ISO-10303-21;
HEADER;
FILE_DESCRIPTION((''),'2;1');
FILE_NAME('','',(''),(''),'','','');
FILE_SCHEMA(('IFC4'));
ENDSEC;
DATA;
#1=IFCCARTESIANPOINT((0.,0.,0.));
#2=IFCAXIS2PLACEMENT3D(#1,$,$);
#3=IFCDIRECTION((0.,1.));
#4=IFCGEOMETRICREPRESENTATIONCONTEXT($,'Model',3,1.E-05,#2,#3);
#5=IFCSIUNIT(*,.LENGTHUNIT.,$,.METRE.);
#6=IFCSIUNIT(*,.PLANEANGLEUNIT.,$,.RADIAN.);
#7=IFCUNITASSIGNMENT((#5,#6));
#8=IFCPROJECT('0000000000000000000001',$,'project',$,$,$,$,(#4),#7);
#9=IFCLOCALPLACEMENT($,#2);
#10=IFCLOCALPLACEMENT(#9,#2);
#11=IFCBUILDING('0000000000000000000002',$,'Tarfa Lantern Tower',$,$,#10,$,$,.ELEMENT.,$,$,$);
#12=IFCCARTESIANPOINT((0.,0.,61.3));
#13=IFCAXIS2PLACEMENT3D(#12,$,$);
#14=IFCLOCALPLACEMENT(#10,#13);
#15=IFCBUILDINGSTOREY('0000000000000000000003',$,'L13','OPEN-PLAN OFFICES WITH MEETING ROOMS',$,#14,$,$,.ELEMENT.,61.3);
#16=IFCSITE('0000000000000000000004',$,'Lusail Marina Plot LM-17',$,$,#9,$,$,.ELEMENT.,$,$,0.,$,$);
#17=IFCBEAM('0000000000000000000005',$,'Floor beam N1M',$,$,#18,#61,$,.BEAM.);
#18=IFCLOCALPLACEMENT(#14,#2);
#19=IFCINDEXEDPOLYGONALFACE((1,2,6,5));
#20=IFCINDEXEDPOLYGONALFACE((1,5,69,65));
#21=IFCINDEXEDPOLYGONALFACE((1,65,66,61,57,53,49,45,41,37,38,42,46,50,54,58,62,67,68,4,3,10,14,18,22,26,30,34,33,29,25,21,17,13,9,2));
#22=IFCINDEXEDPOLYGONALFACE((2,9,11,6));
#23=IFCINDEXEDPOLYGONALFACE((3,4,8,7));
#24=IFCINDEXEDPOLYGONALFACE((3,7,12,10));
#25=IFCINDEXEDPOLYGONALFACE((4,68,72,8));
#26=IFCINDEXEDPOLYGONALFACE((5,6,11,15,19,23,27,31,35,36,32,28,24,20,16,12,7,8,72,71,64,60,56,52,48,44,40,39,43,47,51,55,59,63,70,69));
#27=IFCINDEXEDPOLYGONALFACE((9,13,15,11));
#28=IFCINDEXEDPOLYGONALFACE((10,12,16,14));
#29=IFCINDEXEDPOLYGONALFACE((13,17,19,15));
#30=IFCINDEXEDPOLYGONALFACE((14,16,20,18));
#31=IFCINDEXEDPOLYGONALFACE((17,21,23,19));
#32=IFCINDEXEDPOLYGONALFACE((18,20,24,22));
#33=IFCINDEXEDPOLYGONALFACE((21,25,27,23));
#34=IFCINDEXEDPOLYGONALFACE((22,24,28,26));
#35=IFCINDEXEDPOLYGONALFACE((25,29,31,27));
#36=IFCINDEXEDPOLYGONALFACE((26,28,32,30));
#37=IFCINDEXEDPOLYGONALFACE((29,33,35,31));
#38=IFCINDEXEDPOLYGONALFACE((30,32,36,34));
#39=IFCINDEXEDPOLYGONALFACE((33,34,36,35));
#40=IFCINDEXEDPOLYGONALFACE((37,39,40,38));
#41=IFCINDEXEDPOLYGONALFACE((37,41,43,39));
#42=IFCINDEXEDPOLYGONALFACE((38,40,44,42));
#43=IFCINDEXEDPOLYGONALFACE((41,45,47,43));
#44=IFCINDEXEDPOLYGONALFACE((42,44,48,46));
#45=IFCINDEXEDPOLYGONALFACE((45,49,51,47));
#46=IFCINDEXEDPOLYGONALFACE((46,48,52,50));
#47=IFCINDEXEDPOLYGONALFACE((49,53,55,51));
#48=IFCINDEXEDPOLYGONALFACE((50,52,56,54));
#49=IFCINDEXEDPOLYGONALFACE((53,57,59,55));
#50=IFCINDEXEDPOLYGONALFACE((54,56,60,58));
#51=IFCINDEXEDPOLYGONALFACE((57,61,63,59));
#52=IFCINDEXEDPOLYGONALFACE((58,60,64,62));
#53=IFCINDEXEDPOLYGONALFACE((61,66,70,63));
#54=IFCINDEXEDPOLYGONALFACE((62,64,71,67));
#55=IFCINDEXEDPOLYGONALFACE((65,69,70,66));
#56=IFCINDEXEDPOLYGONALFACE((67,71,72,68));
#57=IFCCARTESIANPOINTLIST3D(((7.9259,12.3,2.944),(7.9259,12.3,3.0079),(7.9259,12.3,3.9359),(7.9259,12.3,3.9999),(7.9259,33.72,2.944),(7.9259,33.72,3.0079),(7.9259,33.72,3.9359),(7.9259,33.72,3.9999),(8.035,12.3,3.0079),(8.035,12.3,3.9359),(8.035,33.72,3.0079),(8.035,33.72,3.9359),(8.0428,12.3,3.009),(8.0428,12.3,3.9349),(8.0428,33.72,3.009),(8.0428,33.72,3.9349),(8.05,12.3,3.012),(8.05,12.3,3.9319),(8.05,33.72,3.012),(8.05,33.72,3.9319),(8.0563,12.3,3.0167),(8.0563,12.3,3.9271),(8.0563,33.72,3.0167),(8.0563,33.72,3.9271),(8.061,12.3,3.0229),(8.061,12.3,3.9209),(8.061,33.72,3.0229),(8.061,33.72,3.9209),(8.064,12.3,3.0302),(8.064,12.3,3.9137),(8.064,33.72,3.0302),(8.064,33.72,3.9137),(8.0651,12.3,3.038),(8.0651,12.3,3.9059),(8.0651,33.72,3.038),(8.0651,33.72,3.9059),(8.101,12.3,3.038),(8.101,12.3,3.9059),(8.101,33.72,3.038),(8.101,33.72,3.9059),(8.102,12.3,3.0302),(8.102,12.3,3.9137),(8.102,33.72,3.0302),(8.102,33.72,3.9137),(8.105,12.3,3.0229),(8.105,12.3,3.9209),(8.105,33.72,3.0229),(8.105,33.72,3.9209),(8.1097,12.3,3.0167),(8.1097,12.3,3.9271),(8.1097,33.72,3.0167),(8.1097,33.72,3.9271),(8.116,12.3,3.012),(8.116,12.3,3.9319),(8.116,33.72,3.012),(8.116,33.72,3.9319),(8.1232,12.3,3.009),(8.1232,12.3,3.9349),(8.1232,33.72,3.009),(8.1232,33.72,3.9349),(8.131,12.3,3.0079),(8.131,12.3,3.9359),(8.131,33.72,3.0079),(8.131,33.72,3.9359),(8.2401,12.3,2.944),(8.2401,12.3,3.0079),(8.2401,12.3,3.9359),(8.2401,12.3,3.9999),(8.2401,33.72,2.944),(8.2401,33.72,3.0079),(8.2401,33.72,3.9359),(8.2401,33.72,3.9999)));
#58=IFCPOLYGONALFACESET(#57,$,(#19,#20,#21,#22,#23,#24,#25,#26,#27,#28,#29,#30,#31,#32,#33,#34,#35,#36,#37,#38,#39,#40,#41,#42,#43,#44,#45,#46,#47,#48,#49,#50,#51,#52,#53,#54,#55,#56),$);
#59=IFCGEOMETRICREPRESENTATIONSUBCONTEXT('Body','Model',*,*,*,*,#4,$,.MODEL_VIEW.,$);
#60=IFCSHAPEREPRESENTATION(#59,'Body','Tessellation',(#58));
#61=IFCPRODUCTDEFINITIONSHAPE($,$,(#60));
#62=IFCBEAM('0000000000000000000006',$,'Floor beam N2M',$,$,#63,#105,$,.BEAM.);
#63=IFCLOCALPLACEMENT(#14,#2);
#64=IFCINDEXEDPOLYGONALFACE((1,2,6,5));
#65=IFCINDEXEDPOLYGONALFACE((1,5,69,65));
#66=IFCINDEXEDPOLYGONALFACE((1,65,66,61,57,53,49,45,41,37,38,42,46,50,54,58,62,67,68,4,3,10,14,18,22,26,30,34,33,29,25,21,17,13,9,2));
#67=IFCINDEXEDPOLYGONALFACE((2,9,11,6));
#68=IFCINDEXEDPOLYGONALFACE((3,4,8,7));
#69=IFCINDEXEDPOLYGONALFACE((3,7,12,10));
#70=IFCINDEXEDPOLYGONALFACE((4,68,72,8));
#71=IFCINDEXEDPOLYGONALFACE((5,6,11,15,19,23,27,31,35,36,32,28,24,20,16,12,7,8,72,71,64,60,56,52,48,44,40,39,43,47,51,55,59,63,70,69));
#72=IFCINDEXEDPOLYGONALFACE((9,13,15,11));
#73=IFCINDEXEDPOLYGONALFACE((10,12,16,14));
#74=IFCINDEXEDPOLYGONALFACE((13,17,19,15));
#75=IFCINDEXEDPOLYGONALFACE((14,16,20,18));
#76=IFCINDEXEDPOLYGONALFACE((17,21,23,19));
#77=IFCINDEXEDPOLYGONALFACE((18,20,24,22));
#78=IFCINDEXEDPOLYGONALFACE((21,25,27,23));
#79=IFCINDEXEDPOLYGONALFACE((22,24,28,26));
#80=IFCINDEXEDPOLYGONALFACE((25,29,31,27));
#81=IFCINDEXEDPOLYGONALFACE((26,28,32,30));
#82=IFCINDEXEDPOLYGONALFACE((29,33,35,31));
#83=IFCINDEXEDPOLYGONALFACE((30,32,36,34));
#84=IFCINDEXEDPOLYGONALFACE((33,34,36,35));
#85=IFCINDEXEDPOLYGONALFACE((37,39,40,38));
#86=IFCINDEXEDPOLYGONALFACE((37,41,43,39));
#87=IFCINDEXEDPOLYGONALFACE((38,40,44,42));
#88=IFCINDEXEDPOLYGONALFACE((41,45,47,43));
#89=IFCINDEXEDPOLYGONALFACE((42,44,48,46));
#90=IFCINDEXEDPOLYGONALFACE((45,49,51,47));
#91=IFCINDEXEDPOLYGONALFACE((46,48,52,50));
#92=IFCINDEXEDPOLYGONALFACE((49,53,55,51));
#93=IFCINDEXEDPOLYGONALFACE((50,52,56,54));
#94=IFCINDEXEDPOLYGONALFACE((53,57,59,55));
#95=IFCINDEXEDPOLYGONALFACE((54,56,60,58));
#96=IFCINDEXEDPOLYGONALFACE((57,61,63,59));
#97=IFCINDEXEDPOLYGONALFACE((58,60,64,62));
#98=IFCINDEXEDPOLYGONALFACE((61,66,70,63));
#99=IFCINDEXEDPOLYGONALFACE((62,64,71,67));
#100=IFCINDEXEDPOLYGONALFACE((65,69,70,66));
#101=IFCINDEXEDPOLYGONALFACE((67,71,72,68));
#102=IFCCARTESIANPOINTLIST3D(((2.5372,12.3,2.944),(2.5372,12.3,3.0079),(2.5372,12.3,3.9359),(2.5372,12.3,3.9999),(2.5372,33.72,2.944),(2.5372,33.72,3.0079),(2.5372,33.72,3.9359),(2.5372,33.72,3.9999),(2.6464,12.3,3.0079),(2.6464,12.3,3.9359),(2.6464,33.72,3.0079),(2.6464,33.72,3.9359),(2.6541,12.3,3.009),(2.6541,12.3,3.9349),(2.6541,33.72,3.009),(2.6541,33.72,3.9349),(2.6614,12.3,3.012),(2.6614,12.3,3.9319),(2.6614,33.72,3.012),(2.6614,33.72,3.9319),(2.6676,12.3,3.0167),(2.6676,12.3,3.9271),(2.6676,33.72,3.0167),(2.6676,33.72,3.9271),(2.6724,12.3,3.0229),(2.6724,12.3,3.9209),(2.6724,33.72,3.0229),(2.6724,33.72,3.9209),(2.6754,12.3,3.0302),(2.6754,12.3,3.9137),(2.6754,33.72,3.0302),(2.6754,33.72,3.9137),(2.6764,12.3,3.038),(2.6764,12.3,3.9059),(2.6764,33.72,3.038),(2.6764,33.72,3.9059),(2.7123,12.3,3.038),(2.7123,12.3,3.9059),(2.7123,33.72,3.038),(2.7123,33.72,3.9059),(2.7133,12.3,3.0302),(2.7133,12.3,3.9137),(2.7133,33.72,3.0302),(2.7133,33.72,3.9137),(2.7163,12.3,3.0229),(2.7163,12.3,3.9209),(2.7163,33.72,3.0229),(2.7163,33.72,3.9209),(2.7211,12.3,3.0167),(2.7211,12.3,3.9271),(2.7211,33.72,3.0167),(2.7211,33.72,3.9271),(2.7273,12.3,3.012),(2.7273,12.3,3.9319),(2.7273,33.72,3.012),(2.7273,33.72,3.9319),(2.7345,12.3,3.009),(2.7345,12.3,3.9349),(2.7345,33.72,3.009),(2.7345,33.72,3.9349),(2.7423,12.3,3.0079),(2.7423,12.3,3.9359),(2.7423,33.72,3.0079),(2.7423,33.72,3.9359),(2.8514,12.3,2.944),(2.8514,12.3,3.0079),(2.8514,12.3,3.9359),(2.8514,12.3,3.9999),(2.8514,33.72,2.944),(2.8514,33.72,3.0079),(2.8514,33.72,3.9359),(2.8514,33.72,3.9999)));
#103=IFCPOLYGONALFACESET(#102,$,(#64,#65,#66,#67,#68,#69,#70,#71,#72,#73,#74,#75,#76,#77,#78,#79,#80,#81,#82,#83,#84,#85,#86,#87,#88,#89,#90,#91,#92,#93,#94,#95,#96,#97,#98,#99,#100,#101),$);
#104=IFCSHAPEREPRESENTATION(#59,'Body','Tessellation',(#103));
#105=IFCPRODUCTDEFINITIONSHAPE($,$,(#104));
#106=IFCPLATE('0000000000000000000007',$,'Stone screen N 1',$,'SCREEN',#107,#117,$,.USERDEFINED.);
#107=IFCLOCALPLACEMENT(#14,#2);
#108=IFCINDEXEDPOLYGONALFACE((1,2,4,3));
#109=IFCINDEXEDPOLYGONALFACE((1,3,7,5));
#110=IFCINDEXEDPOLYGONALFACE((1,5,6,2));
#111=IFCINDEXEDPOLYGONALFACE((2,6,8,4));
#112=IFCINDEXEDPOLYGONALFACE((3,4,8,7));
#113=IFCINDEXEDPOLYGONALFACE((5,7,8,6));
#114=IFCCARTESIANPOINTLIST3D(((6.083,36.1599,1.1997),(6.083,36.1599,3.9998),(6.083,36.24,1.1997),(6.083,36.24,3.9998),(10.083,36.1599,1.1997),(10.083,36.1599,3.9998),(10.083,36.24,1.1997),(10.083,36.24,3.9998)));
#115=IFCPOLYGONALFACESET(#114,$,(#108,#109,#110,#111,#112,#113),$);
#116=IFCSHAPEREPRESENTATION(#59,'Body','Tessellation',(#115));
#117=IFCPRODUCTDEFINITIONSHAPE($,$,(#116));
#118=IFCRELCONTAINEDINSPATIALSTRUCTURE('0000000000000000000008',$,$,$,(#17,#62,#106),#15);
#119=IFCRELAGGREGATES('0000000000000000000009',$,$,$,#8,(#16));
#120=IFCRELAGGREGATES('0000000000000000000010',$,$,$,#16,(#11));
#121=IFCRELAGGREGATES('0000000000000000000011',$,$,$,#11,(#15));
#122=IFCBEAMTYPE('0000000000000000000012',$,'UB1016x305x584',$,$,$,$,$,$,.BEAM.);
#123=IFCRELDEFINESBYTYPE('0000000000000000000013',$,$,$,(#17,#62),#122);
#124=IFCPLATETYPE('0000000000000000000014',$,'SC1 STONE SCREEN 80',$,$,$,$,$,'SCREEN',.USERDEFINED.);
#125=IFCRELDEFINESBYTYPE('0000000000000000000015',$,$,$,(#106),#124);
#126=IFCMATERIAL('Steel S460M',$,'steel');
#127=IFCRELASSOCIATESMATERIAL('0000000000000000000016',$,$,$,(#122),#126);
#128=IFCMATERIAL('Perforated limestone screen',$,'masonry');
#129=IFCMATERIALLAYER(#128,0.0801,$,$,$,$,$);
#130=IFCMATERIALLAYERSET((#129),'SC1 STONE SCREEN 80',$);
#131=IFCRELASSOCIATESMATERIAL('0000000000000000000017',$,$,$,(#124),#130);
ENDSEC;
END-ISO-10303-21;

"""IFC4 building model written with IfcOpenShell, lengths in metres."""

from ifc_helpers import new_model, si_unit, direction, frame, origin, origin_2d, place, context, subcontext, project, spatial, rectangle, i_section, extrude, material, layer, layer_set, material_profile, profile_set, type_object, element, save


model = new_model("IFC4")

# Units and contexts
model_context = context("Model", 3, precision=1e-05, world=origin(), true_north=direction((0.0, 1.0)))
body_context = subcontext(model_context, "Body", "Model", "MODEL_VIEW")
ifc_project = project(units=[si_unit("LENGTHUNIT", "METRE"), si_unit("PLANEANGLEUNIT", "RADIAN")], contexts=[model_context])

# Site, building, storey
site_placement = place(None, origin())
site = spatial("IfcSite", under=ifc_project, at=site_placement, Name="Lusail Marina Plot LM-17", CompositionType="ELEMENT", RefElevation=0.0)
building_placement = place(site_placement, origin())
building = spatial("IfcBuilding", under=site, at=building_placement, Name="Tarfa Lantern Tower", CompositionType="ELEMENT")
storey_placement = place(building_placement, frame((0.0, 0.0, 61.3)))
storey = spatial("IfcBuildingStorey", under=building, at=storey_placement, Name="L13", Description="OPEN-PLAN OFFICES WITH MEETING ROOMS", CompositionType="ELEMENT", Elevation=61.3)

# Beams
ifc_material_1 = material(Name="Steel S460M", Category="steel")
ifc_material_profile_1 = material_profile(ifc_material_1, i_section(OverallWidth=0.3142, OverallDepth=1.0559, WebThickness=0.0359, FlangeThickness=0.064, FilletRadius=0.03, at=origin_2d()), Name="UB1016x305x584")
ifc_profile_set_1 = profile_set([ifc_material_profile_1], Name="Steel S460M")
beam_type_1 = type_object("IfcBeamType", Name="UB1016x305x584", PredefinedType="BEAM", material=ifc_profile_set_1)
for number, where, z_axis, x_axis, name in (
    (1, (8.083, 33.72, 3.4719), (0.0, -1.0, 0.0), (1.0, 0.0, 0.0), "Floor beam N1M"),
    (2, (2.6943, 33.72, 3.4719), (0.0, -1.0, 0.0), (1.0, 0.0, 0.0), "Floor beam N2M"),
):
    element("IfcBeam", number, at=place(storey_placement, frame(where, z_axis=z_axis, x_axis=x_axis)), inside=storey, type_object=beam_type_1, Name=name, PredefinedType="BEAM", context=body_context, shape_type="SweptSolid", body=[
        extrude(i_section(OverallWidth=0.3142, OverallDepth=1.0559, WebThickness=0.0359, FlangeThickness=0.064, FilletRadius=0.03, at=origin_2d()), origin(), (0.0, 0.0, 1.0), 21.4199),
    ])

# Plate
ifc_material_2 = material(Name="Perforated limestone screen", Category="masonry")
ifc_layer_1 = layer(ifc_material_2, 0.0801)
ifc_layer_set_1 = layer_set([ifc_layer_1], Name="SC1 STONE SCREEN 80")
plate_type = type_object("IfcPlateType", Name="SC1 STONE SCREEN 80", ElementType="SCREEN", PredefinedType="USERDEFINED", material=ifc_layer_set_1)
plate_placement = place(storey_placement, frame((8.083, 36.2, 1.1997), z_axis=(0.0, 0.0, 1.0), x_axis=(-1.0, 0.0, 0.0)))
element("IfcPlate", 3, at=plate_placement, inside=storey, type_object=plate_type, Name="Stone screen N 1", ObjectType="SCREEN", PredefinedType="USERDEFINED", context=body_context, shape_type="SweptSolid", body=[
    extrude(rectangle(XDim=4.0, YDim=0.0801, at=origin_2d()), origin(), (0.0, 0.0, 1.0), 2.8),
])

save(model, "model.ifc")
